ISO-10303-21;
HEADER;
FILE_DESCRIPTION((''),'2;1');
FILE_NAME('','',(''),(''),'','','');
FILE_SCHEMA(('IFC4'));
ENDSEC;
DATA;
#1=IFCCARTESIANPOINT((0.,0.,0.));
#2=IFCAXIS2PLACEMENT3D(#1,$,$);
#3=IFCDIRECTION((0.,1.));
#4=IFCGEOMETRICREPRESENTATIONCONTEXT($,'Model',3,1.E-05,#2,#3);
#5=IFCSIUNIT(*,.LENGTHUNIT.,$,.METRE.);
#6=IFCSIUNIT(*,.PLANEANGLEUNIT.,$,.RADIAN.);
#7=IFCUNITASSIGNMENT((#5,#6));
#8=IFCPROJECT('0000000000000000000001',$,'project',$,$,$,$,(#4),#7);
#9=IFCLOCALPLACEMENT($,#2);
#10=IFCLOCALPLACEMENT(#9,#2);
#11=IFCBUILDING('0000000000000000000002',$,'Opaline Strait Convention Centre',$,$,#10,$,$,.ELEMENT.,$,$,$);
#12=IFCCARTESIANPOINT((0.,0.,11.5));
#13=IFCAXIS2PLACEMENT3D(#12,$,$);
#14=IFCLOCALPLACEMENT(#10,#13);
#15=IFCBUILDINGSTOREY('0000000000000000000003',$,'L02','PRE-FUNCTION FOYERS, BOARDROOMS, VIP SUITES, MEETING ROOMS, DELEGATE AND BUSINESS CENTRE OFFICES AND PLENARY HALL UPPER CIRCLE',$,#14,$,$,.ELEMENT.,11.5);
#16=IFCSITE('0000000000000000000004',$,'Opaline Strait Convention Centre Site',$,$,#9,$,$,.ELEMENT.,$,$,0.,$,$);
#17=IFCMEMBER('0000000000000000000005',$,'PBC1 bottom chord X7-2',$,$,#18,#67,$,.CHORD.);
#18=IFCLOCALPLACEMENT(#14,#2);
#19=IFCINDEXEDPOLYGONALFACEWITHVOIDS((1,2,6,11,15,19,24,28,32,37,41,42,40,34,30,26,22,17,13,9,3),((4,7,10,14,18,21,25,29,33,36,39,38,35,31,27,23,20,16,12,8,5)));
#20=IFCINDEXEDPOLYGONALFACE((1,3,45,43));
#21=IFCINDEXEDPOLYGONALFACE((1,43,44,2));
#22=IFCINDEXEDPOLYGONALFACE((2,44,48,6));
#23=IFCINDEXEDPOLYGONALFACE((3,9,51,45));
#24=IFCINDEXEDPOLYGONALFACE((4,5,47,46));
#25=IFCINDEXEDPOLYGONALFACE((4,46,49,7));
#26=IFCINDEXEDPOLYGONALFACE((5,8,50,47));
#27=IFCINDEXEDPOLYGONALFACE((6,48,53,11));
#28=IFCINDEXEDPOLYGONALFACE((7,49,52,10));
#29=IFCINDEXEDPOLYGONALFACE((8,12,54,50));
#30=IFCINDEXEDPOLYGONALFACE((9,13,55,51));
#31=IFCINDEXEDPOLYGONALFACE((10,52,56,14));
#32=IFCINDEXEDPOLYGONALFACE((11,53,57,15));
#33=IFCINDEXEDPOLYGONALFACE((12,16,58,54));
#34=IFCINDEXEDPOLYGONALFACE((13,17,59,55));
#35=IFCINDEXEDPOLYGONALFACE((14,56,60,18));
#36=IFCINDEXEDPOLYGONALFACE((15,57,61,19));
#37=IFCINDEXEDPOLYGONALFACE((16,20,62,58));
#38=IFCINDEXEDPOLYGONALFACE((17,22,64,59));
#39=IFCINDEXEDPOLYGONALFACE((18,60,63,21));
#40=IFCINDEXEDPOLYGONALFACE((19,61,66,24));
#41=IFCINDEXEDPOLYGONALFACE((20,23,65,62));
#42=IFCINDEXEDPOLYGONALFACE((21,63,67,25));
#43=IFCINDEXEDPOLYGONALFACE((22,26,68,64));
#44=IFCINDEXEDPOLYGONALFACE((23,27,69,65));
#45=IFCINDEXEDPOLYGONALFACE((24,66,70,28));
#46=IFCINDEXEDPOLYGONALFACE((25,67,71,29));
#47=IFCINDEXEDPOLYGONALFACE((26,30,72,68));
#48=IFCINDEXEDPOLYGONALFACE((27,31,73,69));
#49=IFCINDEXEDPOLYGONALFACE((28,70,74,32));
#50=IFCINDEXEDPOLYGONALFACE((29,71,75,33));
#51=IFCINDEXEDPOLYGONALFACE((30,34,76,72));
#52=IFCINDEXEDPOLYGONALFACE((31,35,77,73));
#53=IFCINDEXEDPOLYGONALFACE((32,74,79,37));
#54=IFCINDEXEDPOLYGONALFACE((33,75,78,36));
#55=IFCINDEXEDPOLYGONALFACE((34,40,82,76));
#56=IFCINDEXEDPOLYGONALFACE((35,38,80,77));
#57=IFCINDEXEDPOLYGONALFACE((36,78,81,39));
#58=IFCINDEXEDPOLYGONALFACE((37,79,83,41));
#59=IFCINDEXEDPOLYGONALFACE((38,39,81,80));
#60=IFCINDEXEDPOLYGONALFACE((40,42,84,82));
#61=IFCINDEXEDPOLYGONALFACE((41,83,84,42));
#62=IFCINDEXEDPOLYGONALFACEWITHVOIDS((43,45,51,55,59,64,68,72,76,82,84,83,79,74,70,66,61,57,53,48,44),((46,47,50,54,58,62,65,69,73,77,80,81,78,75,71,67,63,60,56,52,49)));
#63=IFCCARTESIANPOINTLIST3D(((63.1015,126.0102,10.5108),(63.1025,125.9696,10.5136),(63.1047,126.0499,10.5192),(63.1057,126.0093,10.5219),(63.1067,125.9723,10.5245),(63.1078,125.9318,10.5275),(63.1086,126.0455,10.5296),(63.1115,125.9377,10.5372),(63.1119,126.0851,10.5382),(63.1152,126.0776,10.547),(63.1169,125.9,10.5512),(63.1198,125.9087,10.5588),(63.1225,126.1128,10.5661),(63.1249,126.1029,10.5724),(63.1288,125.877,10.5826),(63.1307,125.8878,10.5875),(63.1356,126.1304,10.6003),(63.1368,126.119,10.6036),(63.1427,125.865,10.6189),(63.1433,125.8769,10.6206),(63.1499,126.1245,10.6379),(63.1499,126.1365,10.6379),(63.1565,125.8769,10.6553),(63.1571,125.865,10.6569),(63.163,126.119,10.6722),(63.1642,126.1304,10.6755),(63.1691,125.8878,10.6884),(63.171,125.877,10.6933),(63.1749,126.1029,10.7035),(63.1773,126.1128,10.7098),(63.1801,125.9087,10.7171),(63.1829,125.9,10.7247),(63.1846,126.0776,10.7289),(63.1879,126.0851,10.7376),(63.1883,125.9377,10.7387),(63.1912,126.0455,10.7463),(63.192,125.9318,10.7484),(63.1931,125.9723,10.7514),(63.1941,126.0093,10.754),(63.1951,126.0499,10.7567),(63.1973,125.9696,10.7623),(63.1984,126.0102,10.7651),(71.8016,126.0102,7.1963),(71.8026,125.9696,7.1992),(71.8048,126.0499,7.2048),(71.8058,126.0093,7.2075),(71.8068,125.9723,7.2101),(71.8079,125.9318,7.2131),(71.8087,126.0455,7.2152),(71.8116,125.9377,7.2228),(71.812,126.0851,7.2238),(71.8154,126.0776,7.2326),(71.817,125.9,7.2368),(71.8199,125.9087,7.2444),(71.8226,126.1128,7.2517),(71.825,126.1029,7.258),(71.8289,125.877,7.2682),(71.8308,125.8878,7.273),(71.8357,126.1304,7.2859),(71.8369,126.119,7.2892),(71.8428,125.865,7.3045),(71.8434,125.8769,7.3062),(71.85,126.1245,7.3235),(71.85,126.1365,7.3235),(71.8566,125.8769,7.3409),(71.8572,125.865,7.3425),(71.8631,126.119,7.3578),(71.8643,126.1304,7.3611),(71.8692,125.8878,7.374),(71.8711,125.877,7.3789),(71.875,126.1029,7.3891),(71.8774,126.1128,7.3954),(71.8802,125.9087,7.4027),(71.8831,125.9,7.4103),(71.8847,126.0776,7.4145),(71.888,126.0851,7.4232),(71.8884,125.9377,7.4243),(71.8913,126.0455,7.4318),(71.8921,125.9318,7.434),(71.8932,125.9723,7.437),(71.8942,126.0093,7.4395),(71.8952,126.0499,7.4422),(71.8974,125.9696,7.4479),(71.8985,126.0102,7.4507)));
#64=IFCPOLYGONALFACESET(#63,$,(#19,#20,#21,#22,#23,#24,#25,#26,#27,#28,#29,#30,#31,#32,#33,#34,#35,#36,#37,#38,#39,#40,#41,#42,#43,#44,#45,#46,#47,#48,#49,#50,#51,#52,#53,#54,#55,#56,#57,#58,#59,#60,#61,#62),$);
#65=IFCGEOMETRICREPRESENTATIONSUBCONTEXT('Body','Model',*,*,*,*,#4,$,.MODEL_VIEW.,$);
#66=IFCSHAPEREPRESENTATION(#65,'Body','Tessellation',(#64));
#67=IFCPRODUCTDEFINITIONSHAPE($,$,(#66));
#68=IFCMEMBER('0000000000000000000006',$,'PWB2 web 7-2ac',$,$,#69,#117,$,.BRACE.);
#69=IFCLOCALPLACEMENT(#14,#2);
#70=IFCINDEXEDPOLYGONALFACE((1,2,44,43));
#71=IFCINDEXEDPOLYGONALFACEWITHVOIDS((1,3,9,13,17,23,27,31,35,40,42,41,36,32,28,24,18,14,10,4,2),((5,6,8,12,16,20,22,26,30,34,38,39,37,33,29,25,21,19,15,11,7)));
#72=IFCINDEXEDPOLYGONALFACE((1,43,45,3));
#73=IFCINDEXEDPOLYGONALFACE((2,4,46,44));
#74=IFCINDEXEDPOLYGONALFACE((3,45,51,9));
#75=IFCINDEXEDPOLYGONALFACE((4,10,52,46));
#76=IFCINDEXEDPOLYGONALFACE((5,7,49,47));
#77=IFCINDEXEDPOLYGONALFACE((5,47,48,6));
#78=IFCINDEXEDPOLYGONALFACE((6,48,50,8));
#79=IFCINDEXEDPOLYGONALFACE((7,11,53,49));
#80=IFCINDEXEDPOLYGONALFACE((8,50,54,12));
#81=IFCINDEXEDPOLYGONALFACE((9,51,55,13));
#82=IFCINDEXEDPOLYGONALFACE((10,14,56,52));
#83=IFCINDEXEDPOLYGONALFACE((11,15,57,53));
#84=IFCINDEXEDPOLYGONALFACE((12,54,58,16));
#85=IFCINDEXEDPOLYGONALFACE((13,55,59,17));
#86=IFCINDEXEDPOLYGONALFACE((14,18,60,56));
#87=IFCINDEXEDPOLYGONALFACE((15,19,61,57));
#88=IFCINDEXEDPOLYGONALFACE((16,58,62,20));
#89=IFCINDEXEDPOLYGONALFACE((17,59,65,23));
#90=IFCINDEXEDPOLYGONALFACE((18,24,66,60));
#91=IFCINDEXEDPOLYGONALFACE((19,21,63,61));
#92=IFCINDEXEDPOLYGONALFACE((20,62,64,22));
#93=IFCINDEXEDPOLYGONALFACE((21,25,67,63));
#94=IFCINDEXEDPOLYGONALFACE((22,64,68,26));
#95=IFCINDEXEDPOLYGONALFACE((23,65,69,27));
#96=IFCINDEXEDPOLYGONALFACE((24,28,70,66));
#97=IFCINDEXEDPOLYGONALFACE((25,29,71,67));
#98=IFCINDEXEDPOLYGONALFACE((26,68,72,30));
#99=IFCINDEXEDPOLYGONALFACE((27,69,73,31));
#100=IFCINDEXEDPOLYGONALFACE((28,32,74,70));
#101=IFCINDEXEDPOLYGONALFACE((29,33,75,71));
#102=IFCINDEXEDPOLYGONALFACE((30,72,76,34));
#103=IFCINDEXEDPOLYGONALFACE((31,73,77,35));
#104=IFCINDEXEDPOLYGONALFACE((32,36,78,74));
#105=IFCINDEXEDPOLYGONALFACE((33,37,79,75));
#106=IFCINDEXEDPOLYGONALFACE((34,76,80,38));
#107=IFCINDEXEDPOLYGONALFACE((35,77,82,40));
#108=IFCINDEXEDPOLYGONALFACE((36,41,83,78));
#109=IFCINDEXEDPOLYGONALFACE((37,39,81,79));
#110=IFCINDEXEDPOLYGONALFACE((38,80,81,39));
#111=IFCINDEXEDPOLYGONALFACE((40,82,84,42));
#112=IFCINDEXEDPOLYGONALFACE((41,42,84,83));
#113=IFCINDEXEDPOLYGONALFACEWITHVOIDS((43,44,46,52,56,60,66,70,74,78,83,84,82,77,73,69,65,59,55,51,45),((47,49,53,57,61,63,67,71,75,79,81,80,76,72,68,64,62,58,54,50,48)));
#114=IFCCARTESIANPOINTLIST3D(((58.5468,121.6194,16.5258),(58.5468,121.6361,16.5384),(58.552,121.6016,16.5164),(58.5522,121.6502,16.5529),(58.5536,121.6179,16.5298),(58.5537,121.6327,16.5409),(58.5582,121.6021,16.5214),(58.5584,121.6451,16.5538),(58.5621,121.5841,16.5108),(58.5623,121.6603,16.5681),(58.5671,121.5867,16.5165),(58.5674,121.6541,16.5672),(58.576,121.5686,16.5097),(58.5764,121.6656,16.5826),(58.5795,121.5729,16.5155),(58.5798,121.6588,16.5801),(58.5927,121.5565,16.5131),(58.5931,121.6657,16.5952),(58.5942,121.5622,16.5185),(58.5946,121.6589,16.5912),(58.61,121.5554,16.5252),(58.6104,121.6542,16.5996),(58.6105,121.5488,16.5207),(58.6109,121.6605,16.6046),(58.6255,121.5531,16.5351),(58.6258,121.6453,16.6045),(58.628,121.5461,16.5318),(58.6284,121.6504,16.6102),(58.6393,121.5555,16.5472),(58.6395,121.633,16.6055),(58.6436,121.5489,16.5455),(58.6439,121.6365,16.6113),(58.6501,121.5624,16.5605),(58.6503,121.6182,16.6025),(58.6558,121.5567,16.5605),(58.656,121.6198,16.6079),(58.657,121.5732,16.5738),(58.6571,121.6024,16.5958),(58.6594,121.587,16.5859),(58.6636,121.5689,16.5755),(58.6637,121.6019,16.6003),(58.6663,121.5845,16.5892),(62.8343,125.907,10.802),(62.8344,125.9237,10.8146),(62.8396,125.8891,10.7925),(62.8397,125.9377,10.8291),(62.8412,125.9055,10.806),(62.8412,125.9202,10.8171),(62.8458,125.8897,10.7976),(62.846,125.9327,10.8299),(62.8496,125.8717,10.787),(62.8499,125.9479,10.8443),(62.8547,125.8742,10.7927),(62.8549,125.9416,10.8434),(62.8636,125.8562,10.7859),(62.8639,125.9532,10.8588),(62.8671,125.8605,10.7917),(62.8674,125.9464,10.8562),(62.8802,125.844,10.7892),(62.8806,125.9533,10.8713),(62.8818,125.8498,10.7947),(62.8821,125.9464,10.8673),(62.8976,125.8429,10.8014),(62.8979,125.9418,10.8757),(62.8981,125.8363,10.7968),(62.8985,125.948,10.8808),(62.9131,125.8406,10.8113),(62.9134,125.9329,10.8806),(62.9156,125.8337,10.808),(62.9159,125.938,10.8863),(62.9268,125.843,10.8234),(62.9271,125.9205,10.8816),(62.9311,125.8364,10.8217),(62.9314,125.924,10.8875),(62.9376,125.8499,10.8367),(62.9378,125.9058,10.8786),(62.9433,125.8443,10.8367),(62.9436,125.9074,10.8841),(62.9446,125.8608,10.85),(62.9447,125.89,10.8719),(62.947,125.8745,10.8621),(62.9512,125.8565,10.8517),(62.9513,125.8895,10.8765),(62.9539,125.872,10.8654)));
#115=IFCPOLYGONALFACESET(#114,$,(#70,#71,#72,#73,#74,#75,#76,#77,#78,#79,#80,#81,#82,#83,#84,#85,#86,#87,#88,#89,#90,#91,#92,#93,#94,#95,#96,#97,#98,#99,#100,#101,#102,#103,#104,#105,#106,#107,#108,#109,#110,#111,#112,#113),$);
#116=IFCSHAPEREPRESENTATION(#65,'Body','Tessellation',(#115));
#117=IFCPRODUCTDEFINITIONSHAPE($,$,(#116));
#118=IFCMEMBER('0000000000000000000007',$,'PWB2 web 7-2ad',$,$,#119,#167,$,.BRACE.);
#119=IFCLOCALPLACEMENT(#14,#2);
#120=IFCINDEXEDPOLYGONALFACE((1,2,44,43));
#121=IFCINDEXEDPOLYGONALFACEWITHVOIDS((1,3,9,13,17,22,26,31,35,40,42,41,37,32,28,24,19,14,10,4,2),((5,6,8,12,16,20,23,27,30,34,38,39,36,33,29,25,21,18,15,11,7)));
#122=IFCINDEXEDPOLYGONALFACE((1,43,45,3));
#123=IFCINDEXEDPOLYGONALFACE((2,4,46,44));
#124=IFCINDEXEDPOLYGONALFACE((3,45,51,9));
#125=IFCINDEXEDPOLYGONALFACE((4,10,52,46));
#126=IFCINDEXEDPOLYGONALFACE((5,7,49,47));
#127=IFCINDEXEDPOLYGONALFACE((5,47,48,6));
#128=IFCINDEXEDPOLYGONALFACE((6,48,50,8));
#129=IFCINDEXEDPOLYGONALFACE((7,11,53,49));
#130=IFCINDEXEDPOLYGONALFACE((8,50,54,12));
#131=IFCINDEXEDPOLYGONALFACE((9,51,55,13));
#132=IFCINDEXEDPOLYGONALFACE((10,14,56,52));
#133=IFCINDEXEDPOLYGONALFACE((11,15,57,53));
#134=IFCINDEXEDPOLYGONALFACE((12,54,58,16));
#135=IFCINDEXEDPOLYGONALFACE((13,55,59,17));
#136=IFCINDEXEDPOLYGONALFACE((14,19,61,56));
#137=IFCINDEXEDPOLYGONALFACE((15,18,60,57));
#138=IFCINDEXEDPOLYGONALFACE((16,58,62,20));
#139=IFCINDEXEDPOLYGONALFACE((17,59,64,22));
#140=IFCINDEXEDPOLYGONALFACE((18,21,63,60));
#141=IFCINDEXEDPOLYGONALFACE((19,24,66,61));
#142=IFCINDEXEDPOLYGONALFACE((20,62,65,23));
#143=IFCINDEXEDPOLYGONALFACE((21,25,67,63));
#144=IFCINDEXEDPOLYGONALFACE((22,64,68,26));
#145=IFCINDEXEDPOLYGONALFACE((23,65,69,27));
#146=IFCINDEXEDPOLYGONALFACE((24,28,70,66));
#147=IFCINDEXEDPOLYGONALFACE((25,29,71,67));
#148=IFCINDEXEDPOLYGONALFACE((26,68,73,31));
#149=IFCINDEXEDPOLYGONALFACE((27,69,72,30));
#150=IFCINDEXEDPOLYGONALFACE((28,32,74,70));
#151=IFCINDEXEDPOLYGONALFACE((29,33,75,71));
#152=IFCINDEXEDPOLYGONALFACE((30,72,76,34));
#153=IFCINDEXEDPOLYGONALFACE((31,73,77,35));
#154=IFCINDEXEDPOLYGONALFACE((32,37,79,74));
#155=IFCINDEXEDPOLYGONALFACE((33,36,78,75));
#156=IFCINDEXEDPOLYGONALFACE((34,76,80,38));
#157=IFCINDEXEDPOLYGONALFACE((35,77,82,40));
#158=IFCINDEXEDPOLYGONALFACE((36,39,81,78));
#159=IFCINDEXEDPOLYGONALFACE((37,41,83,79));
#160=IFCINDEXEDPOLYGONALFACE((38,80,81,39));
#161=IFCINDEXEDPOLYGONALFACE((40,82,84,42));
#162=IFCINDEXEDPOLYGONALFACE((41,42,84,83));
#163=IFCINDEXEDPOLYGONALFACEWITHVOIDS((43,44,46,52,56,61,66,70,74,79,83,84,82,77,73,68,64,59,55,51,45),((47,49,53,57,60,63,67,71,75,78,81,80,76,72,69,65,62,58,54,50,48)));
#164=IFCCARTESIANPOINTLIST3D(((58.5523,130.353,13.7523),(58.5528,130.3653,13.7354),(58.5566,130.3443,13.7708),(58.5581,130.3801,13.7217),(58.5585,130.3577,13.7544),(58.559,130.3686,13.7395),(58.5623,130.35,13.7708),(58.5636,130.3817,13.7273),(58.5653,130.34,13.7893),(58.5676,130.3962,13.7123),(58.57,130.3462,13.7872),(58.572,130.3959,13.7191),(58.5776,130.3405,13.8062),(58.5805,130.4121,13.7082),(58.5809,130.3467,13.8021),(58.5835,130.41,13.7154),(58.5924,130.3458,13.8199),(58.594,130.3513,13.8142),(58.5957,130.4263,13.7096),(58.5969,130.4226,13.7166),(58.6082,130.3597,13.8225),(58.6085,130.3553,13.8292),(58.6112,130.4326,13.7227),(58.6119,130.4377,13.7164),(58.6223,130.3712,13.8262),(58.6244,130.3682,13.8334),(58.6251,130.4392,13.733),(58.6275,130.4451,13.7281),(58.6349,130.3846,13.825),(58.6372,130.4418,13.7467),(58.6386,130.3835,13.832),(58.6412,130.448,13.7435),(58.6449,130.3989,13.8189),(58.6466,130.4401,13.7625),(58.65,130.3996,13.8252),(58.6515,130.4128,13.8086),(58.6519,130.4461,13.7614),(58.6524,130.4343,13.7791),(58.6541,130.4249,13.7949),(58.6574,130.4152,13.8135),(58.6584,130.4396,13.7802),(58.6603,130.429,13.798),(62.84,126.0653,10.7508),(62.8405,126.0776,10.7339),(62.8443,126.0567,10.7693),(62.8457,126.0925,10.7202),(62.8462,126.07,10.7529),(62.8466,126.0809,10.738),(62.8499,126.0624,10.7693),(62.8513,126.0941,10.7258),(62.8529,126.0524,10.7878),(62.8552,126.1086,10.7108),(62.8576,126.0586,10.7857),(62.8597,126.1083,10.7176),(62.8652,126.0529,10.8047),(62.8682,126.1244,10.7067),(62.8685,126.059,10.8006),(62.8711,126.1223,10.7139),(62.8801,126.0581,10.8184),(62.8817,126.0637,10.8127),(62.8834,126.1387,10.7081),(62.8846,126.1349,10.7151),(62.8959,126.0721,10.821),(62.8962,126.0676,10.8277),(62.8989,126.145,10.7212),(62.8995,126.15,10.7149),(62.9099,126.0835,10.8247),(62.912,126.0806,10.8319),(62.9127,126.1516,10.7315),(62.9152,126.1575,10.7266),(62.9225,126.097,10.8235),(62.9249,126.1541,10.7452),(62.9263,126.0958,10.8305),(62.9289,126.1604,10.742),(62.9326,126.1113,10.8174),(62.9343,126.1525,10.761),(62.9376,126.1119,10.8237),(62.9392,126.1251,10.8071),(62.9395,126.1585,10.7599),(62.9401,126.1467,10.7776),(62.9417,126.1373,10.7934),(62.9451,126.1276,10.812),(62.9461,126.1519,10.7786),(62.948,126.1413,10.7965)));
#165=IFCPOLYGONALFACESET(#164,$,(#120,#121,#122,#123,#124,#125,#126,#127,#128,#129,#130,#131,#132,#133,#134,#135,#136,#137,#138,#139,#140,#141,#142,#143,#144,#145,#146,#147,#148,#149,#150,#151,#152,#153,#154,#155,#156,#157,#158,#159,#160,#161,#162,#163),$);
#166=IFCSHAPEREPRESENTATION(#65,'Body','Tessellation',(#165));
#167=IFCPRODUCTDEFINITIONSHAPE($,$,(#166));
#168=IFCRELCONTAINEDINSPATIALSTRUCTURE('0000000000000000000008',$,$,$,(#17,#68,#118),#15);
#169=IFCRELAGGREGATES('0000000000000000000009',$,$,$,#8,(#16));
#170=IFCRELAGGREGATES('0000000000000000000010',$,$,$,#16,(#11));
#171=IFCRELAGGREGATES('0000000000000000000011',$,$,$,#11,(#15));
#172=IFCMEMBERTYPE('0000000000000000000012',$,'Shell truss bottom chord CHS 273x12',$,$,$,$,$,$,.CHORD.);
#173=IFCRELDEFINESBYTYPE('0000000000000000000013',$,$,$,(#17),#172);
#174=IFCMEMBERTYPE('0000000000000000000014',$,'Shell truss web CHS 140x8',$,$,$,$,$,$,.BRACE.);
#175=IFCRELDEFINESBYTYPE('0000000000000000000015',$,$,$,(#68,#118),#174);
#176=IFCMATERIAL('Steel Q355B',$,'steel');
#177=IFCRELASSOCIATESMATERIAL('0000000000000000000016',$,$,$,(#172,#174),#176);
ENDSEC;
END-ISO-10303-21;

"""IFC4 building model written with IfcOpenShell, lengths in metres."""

from ifc_helpers import new_model, si_unit, direction, frame, origin, origin_2d, place, context, subcontext, project, spatial, hollow_circle, extrude, material, material_profile, profile_set, type_object, element, save


model = new_model("IFC4")

# Units and contexts
model_context = context("Model", 3, precision=1e-05, world=origin(), true_north=direction((0.0, 1.0)))
body_context = subcontext(model_context, "Body", "Model", "MODEL_VIEW")
ifc_project = project(units=[si_unit("LENGTHUNIT", "METRE"), si_unit("PLANEANGLEUNIT", "RADIAN")], contexts=[model_context])

# Site, building, storey
site_placement = place(None, origin())
site = spatial("IfcSite", under=ifc_project, at=site_placement, Name="Opaline Strait Convention Centre Site", CompositionType="ELEMENT", RefElevation=0.0)
building_placement = place(site_placement, origin())
building = spatial("IfcBuilding", under=site, at=building_placement, Name="Opaline Strait Convention Centre", CompositionType="ELEMENT")
storey_placement = place(building_placement, frame((0.0, 0.0, 11.5)))
storey = spatial("IfcBuildingStorey", under=building, at=storey_placement, Name="L02", Description="PRE-FUNCTION FOYERS, BOARDROOMS, VIP SUITES, MEETING ROOMS, DELEGATE AND BUSINESS CENTRE OFFICES AND PLENARY HALL UPPER CIRCLE", CompositionType="ELEMENT", Elevation=11.5)

# Members
ifc_material_1 = material(Name="Steel Q355B", Category="steel")
ifc_material_profile_1 = material_profile(ifc_material_1, hollow_circle(Radius=0.1365, WallThickness=0.012, at=origin_2d()), Name="CHS 273x12")
ifc_profile_set_1 = profile_set([ifc_material_profile_1], Name="Steel Q355B")
member_type_1 = type_object("IfcMemberType", Name="Shell truss bottom chord CHS 273x12", PredefinedType="CHORD", material=ifc_profile_set_1)
member_1_placement = place(storey_placement, frame((63.1499, 126.0, 10.6379), z_axis=(0.934484, 0.0, -0.356004), x_axis=(0.0, 1.0, 0.0)))
element("IfcMember", 1, at=member_1_placement, inside=storey, type_object=member_type_1, Name="PBC1 bottom chord X7-2", PredefinedType="CHORD", context=body_context, shape_type="SweptSolid", body=[
    extrude(hollow_circle(Radius=0.1365, WallThickness=0.012, at=origin_2d()), origin(), (0.0, 0.0, 1.0), 9.3101),
])
ifc_material_profile_2 = material_profile(ifc_material_1, hollow_circle(Radius=0.0701, WallThickness=0.0081, at=origin_2d()), Name="CHS 140x8")
ifc_profile_set_2 = profile_set([ifc_material_profile_2], Name="Steel Q355B")
member_type_2 = type_object("IfcMemberType", Name="Shell truss web CHS 140x8", PredefinedType="BRACE", material=ifc_profile_set_2)
member_2_placement = place(storey_placement, frame((62.8938, 125.8938, 10.8367), z_axis=(-0.514196, -0.514196, 0.686444), x_axis=(0.707107, -0.707107, 0.0)))
element("IfcMember", 2, at=member_2_placement, inside=storey, type_object=member_type_2, Name="PWB2 web 7-2ac", PredefinedType="BRACE", context=body_context, shape_type="SweptSolid", body=[
    extrude(hollow_circle(Radius=0.0701, WallThickness=0.0081, at=origin_2d()), origin(), (0.0, 0.0, 1.0), 8.3384),
])
for number, where, z_axis, x_axis, name in (
    (3, (62.8938, 126.1062, 10.7693), (-0.633718, 0.633718, 0.443624), (-0.707107, -0.707107, 0.0), "PWB2 web 7-2ad"),
):
    element("IfcMember", number, at=place(storey_placement, frame(where, z_axis=z_axis, x_axis=x_axis)), inside=storey, type_object=member_type_2, Name=name, PredefinedType="BRACE", context=body_context, shape_type="SweptSolid", body=[
        extrude(hollow_circle(Radius=0.0701, WallThickness=0.0081, at=origin_2d()), origin(), (0.0, 0.0, 1.0), 6.7659),
    ])

save(model, "model.ifc")
